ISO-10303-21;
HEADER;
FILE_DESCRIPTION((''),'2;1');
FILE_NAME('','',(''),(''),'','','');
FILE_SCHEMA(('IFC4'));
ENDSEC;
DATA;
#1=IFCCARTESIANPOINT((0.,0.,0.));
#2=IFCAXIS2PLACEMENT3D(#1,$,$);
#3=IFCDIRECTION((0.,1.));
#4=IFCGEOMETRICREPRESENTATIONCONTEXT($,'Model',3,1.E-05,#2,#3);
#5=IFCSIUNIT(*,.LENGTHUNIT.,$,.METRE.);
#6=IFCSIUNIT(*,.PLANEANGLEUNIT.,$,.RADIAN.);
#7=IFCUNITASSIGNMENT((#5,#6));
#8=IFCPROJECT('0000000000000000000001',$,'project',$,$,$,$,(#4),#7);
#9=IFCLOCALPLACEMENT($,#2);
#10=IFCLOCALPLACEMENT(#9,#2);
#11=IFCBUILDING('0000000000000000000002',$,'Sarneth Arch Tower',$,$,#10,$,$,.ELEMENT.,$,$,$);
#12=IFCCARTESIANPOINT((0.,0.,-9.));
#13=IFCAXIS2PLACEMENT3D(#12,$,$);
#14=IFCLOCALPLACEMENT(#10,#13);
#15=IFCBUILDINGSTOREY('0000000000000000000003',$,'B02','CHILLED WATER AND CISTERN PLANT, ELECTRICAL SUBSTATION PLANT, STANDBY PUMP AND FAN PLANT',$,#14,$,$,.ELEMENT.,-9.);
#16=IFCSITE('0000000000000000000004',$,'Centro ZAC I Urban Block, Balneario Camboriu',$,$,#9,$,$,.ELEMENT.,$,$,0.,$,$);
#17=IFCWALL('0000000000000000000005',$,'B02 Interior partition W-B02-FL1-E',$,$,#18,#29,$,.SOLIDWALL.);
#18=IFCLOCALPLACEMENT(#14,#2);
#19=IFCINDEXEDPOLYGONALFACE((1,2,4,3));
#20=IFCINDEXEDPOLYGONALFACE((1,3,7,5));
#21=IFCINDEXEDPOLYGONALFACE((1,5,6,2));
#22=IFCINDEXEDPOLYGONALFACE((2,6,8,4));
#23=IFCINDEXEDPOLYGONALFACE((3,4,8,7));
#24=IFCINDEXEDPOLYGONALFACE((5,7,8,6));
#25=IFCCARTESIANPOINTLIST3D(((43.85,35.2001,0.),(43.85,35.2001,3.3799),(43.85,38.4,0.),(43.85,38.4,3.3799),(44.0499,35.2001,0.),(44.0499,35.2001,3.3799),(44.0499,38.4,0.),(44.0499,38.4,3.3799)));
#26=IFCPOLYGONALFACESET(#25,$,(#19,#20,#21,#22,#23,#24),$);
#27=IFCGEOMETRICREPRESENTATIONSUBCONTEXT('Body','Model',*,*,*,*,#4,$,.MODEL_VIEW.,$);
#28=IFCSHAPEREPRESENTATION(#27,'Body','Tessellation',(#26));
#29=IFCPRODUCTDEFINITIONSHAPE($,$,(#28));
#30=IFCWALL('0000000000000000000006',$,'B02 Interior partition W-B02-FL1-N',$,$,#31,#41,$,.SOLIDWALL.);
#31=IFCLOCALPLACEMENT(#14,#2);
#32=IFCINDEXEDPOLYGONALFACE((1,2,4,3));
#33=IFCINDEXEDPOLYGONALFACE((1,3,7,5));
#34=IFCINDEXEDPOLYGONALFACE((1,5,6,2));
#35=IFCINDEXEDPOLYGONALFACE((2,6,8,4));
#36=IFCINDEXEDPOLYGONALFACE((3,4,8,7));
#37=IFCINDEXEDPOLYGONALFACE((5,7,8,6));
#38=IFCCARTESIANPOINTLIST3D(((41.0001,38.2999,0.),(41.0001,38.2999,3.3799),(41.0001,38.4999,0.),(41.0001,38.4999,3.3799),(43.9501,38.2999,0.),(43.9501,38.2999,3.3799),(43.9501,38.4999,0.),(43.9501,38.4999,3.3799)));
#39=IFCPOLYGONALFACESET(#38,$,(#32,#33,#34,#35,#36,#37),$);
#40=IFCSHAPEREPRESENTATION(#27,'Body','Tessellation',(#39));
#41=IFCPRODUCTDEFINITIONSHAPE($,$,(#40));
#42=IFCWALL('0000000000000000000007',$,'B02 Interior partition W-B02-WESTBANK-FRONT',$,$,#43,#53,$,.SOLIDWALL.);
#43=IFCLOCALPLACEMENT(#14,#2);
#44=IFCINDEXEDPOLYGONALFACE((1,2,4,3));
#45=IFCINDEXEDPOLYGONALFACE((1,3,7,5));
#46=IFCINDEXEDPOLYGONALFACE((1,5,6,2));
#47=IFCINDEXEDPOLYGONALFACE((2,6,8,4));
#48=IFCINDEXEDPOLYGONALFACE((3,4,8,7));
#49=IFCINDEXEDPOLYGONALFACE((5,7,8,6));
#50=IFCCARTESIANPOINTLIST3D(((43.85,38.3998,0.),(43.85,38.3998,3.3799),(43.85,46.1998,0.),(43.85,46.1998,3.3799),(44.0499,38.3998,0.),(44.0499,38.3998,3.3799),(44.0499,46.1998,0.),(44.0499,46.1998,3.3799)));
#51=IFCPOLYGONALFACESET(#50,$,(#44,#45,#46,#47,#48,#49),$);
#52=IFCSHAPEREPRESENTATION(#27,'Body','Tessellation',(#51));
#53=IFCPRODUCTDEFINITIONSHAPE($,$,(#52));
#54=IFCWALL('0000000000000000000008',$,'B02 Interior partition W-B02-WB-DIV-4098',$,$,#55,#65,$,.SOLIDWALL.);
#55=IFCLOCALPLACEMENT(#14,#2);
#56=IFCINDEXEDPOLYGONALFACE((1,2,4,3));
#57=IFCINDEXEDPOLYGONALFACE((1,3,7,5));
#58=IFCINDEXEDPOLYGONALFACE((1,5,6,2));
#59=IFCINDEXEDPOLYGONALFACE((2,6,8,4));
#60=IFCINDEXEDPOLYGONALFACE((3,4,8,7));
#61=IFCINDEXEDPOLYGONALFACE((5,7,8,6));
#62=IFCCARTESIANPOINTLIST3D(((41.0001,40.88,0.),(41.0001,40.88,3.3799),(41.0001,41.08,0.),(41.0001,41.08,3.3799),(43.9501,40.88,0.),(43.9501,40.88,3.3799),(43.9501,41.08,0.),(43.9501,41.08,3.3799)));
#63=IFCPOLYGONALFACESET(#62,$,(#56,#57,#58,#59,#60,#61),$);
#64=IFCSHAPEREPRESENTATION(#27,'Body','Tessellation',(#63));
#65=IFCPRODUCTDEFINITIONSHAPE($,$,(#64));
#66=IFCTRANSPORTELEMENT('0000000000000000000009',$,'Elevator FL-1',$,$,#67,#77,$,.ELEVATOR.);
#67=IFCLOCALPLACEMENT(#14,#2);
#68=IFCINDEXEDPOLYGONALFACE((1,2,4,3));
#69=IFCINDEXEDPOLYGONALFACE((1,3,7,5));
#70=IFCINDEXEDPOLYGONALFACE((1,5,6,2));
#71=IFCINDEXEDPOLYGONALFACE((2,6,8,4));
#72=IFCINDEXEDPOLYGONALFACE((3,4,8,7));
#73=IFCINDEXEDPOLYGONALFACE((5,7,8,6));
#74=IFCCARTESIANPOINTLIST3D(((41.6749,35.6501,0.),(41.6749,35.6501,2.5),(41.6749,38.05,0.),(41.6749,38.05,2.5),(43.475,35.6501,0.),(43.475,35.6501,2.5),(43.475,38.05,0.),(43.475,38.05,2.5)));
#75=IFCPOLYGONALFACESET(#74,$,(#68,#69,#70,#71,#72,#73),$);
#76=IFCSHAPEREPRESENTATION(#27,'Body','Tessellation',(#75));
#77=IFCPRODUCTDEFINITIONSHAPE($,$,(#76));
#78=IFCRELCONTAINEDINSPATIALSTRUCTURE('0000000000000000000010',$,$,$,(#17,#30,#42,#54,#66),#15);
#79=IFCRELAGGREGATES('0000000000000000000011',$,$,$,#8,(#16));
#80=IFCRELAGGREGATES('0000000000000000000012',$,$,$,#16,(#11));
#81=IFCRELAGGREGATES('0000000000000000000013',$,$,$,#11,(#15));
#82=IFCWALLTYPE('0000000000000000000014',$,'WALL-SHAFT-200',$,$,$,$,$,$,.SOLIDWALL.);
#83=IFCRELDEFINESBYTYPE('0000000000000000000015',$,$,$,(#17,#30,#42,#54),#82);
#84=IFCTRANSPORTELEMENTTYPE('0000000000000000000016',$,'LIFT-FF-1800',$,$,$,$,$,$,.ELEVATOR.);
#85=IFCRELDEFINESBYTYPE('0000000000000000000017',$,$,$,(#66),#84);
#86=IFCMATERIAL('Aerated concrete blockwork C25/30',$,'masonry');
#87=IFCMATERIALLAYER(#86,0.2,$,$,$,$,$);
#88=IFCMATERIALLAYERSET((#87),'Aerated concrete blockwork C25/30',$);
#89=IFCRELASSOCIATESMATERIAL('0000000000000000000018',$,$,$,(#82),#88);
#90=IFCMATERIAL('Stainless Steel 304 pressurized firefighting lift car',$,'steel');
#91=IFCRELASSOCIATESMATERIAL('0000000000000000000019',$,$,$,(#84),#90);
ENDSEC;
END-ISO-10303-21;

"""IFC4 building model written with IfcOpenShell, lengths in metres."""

from ifc_helpers import new_model, si_unit, direction, frame, frame_2d, origin, origin_2d, place, context, subcontext, project, spatial, rectangle, extrude, material, layer, layer_set, type_object, element, save


model = new_model("IFC4")

# Units and contexts
model_context = context("Model", 3, precision=1e-05, world=origin(), true_north=direction((0.0, 1.0)))
body_context = subcontext(model_context, "Body", "Model", "MODEL_VIEW")
ifc_project = project(units=[si_unit("LENGTHUNIT", "METRE"), si_unit("PLANEANGLEUNIT", "RADIAN")], contexts=[model_context])

# Site, building, storey
site_placement = place(None, origin())
site = spatial("IfcSite", under=ifc_project, at=site_placement, Name="Centro ZAC I Urban Block, Balneario Camboriu", CompositionType="ELEMENT", RefElevation=0.0)
building_placement = place(site_placement, origin())
building = spatial("IfcBuilding", under=site, at=building_placement, Name="Sarneth Arch Tower", CompositionType="ELEMENT")
storey_placement = place(building_placement, frame((0.0, 0.0, -9.0)))
storey = spatial("IfcBuildingStorey", under=building, at=storey_placement, Name="B02", Description="CHILLED WATER AND CISTERN PLANT, ELECTRICAL SUBSTATION PLANT, STANDBY PUMP AND FAN PLANT", CompositionType="ELEMENT", Elevation=-9.0)

# Shared definitions
ifc_material_1 = material(Name="Aerated concrete blockwork C25/30", Category="masonry")
ifc_layer_1 = layer(ifc_material_1, 0.2)
ifc_layer_set_1 = layer_set([ifc_layer_1], Name="Aerated concrete blockwork C25/30")
wall_type_1 = type_object("IfcWallType", Name="WALL-SHAFT-200", PredefinedType="SOLIDWALL", material=ifc_layer_set_1)

# Walls
wall_1_placement = place(storey_placement, frame((43.95, 35.2, 0.0), z_axis=(0.0, 0.0, 1.0), x_axis=(0.0, 1.0, 0.0)))
element("IfcWall", 1, at=wall_1_placement, inside=storey, type_object=wall_type_1, Name="B02 Interior partition W-B02-FL1-E", PredefinedType="SOLIDWALL", context=body_context, shape_type="SweptSolid", body=[
    extrude(rectangle(XDim=3.2, YDim=0.2, at=frame_2d((1.6001, 0.0))), origin(), (0.0, 0.0, 1.0), 3.3799),
])
wall_2_placement = place(storey_placement, frame((41.0, 38.3999, 0.0), z_axis=(0.0, 0.0, 1.0), x_axis=(1.0, 0.0, 0.0)))
element("IfcWall", 2, at=wall_2_placement, inside=storey, type_object=wall_type_1, Name="B02 Interior partition W-B02-FL1-N", PredefinedType="SOLIDWALL", context=body_context, shape_type="SweptSolid", body=[
    extrude(rectangle(XDim=2.95, YDim=0.2, at=frame_2d((1.4751, 0.0))), origin(), (0.0, 0.0, 1.0), 3.3799),
])
wall_3_placement = place(storey_placement, frame((43.95, 38.3999, 0.0), z_axis=(0.0, 0.0, 1.0), x_axis=(0.0, 1.0, 0.0)))
element("IfcWall", 3, at=wall_3_placement, inside=storey, type_object=wall_type_1, Name="B02 Interior partition W-B02-WESTBANK-FRONT", PredefinedType="SOLIDWALL", context=body_context, shape_type="SweptSolid", body=[
    extrude(rectangle(XDim=7.8, YDim=0.2, at=frame_2d((3.8999, 0.0))), origin(), (0.0, 0.0, 1.0), 3.3799),
])
wall_4_placement = place(storey_placement, frame((41.0, 40.98, 0.0), z_axis=(0.0, 0.0, 1.0), x_axis=(1.0, 0.0, 0.0)))
element("IfcWall", 4, at=wall_4_placement, inside=storey, type_object=wall_type_1, Name="B02 Interior partition W-B02-WB-DIV-4098", PredefinedType="SOLIDWALL", context=body_context, shape_type="SweptSolid", body=[
    extrude(rectangle(XDim=2.95, YDim=0.2, at=frame_2d((1.4751, 0.0))), origin(), (0.0, 0.0, 1.0), 3.3799),
])

# Transport element
ifc_material_2 = material(Name="Stainless Steel 304 pressurized firefighting lift car", Category="steel")
transport_element_type = type_object("IfcTransportElementType", Name="LIFT-FF-1800", PredefinedType="ELEVATOR", material=ifc_material_2)
transport_element_placement = place(storey_placement, frame((42.575, 36.8501, 0.0), z_axis=(0.0, 0.0, 1.0), x_axis=(1.0, 0.0, 0.0)))
element("IfcTransportElement", 5, at=transport_element_placement, inside=storey, type_object=transport_element_type, Name="Elevator FL-1", PredefinedType="ELEVATOR", context=body_context, shape_type="SweptSolid", body=[
    extrude(rectangle(XDim=1.8, YDim=2.3999, at=origin_2d()), origin(), (0.0, 0.0, 1.0), 2.5),
])

save(model, "model.ifc")
